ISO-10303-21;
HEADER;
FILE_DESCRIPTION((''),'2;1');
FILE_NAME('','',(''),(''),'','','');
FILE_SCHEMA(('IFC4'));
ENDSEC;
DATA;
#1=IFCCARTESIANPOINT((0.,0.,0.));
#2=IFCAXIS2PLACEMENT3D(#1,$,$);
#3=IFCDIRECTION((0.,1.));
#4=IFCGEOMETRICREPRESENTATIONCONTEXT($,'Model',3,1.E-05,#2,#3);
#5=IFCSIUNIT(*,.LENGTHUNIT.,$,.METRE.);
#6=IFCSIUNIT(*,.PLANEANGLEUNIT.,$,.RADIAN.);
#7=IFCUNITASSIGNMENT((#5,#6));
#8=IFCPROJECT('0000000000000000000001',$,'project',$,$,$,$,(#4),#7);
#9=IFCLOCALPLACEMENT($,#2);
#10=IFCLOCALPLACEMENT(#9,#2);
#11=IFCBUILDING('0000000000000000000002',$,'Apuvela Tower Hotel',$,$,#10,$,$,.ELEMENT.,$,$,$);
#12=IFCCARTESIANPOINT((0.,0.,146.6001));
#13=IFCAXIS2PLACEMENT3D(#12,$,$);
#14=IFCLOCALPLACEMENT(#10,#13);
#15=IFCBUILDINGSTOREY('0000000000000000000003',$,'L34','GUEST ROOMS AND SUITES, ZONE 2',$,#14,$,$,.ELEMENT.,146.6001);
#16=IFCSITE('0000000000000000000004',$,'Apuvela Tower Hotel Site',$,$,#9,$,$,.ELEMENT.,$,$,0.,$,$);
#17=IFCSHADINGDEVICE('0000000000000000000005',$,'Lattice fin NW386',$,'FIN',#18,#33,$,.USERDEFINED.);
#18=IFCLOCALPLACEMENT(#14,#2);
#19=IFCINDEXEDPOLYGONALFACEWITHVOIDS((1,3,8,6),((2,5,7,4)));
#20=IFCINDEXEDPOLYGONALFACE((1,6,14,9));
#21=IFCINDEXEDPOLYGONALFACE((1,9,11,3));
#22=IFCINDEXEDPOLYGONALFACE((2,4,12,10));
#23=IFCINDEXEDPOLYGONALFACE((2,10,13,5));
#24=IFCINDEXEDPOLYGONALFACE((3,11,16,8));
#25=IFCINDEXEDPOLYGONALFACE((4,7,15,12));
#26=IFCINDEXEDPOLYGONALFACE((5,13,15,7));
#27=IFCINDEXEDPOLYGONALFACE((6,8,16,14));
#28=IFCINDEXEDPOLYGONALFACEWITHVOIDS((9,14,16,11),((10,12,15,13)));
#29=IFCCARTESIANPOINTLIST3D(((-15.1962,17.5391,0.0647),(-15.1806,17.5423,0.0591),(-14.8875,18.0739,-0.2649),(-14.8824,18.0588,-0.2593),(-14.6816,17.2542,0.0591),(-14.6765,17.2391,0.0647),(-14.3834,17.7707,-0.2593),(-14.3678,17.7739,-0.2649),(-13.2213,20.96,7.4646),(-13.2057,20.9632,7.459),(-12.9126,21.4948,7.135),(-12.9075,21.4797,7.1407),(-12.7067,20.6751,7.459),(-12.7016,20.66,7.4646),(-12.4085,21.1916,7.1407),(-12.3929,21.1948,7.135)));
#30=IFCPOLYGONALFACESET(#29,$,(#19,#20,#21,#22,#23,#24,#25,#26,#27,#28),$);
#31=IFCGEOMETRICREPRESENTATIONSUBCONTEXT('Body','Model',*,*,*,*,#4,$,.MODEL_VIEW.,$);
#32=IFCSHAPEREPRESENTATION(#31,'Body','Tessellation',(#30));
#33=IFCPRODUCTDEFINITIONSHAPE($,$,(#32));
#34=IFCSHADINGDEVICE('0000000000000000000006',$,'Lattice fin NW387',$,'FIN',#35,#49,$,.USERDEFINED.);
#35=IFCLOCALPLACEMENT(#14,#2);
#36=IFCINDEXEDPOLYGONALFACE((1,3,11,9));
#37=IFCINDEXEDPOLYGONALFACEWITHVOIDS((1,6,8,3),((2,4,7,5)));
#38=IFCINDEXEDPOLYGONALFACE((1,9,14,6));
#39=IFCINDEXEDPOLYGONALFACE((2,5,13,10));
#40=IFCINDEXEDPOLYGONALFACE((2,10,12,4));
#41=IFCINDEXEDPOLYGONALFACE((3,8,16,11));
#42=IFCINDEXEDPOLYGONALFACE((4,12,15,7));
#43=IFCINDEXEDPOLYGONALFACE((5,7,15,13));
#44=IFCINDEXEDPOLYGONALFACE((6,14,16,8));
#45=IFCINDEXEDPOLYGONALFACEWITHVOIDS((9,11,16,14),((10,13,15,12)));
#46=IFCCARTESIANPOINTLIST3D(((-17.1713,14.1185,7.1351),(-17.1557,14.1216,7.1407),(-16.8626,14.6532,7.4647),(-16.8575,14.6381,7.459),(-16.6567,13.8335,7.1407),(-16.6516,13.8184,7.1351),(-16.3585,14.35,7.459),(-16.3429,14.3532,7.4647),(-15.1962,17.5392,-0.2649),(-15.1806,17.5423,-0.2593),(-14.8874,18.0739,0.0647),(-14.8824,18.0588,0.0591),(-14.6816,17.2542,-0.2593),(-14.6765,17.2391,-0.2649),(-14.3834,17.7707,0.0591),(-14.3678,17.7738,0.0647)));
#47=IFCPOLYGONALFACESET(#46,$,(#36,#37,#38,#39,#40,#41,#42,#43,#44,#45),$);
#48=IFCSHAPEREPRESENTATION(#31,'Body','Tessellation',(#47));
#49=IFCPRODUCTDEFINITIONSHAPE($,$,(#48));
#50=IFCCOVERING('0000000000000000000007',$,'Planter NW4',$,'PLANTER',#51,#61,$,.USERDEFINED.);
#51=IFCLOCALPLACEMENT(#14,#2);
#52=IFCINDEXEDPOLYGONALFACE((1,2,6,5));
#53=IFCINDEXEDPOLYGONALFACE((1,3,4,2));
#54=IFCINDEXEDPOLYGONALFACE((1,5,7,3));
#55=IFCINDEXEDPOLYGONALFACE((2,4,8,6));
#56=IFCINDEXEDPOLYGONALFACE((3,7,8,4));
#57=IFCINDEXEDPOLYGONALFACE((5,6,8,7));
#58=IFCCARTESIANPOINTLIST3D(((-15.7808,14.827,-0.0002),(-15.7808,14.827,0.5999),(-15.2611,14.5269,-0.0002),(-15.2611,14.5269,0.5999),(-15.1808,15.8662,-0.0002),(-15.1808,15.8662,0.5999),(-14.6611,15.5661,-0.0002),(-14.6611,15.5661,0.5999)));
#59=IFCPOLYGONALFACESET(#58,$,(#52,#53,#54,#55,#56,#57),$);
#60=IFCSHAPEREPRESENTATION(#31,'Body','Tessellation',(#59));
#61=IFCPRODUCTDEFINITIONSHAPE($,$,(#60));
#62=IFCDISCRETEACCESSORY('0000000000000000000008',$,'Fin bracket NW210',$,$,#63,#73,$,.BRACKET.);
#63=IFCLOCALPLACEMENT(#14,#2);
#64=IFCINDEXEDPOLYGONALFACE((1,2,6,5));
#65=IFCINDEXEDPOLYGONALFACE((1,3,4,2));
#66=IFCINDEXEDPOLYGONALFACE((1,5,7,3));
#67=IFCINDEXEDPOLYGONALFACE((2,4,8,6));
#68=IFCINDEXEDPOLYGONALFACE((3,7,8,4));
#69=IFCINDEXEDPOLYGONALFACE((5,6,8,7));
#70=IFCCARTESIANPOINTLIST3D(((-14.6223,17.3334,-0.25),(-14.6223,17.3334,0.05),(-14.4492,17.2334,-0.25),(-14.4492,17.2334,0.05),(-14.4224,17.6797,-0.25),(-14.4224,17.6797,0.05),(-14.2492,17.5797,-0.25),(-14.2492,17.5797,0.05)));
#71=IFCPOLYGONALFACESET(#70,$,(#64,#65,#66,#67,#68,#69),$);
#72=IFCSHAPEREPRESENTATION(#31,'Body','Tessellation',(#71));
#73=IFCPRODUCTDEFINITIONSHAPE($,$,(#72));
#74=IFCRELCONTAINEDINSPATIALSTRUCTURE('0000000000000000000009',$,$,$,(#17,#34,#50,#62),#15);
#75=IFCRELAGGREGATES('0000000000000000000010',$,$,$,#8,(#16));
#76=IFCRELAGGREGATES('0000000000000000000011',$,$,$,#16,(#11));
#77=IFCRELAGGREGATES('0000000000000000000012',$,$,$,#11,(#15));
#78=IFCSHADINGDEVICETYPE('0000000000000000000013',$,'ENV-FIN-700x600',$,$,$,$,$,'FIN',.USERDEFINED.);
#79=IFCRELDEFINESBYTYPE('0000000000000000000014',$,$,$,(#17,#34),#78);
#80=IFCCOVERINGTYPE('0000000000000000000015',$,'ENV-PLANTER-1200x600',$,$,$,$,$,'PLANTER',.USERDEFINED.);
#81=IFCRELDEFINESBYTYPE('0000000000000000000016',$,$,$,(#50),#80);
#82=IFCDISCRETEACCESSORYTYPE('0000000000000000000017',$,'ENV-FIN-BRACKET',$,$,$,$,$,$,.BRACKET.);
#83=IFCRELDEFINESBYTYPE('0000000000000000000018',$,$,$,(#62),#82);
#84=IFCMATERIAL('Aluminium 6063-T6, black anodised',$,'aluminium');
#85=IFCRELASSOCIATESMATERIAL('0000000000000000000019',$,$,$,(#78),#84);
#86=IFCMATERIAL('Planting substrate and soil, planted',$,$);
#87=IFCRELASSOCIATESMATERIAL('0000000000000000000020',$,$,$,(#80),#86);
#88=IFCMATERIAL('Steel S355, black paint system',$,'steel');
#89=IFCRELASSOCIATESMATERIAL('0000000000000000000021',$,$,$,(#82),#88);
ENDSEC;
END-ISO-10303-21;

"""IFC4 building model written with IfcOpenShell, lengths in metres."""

from ifc_helpers import new_model, si_unit, direction, frame, origin, origin_2d, place, context, subcontext, project, spatial, rectangle, hollow_rectangle, extrude, material, material_profile, profile_set, type_object, element, save


model = new_model("IFC4")

# Units and contexts
model_context = context("Model", 3, precision=1e-05, world=origin(), true_north=direction((0.0, 1.0)))
body_context = subcontext(model_context, "Body", "Model", "MODEL_VIEW")
ifc_project = project(units=[si_unit("LENGTHUNIT", "METRE"), si_unit("PLANEANGLEUNIT", "RADIAN")], contexts=[model_context])

# Site, building, storey
site_placement = place(None, origin())
site = spatial("IfcSite", under=ifc_project, at=site_placement, Name="Apuvela Tower Hotel Site", CompositionType="ELEMENT", RefElevation=0.0)
building_placement = place(site_placement, origin())
building = spatial("IfcBuilding", under=site, at=building_placement, Name="Apuvela Tower Hotel", CompositionType="ELEMENT")
storey_placement = place(building_placement, frame((0.0, 0.0, 146.6001)))
storey = spatial("IfcBuildingStorey", under=building, at=storey_placement, Name="L34", Description="GUEST ROOMS AND SUITES, ZONE 2", CompositionType="ELEMENT", Elevation=146.6001)

# Shading devices
ifc_material_1 = material(Name="Aluminium 6063-T6, black anodised", Category="aluminium")
ifc_material_profile_1 = material_profile(ifc_material_1, hollow_rectangle(XDim=0.6001, YDim=0.7, WallThickness=0.012, at=origin_2d()), Name="AL BOX 700x600x12")
ifc_profile_set_1 = profile_set([ifc_material_profile_1], Name="Aluminium 6063-T6, black anodised")
shading_device_type = type_object("IfcShadingDeviceType", Name="ENV-FIN-700x600", ElementType="FIN", PredefinedType="USERDEFINED", material=ifc_profile_set_1)
for number, where, z_axis, x_axis, name in (
    (1, (-14.782, 17.6565, -0.1001), (0.235434, 0.407825, 0.882185), (-0.866048, 0.499961, 0.0), "Lattice fin NW386"),
    (2, (-14.782, 17.6565, -0.1001), (-0.235464, -0.407798, 0.882189), (0.866005, -0.500035, 0.0), "Lattice fin NW387"),
):
    element("IfcShadingDevice", number, at=place(storey_placement, frame(where, z_axis=z_axis, x_axis=x_axis)), inside=storey, type_object=shading_device_type, Name=name, ObjectType="FIN", PredefinedType="USERDEFINED", context=body_context, shape_type="SweptSolid", body=[
        extrude(hollow_rectangle(XDim=0.6001, YDim=0.7, WallThickness=0.012, at=origin_2d()), origin(), (0.0, 0.0, 1.0), 8.3882),
    ])

# Covering
ifc_material_2 = material(Name="Planting substrate and soil, planted")
covering_type = type_object("IfcCoveringType", Name="ENV-PLANTER-1200x600", ElementType="PLANTER", PredefinedType="USERDEFINED", material=ifc_material_2)
covering_placement = place(storey_placement, frame((-15.2209, 15.1965, -0.0002), z_axis=(0.0, 0.0, 1.0), x_axis=(-0.5, -0.866025, 0.0)))
element("IfcCovering", 3, at=covering_placement, inside=storey, type_object=covering_type, Name="Planter NW4", ObjectType="PLANTER", PredefinedType="USERDEFINED", context=body_context, shape_type="SweptSolid", body=[
    extrude(rectangle(XDim=1.2, YDim=0.6001, at=origin_2d()), origin(), (0.0, 0.0, 1.0), 0.6001),
])

# Discrete accessory
ifc_material_3 = material(Name="Steel S355, black paint system", Category="steel")
discrete_accessory_type = type_object("IfcDiscreteAccessoryType", Name="ENV-FIN-BRACKET", PredefinedType="BRACKET", material=ifc_material_3)
discrete_accessory_placement = place(storey_placement, frame((-14.4358, 17.4565, -0.25), z_axis=(0.0, 0.0, 1.0), x_axis=(-0.5, -0.866025, 0.0)))
element("IfcDiscreteAccessory", 4, at=discrete_accessory_placement, inside=storey, type_object=discrete_accessory_type, Name="Fin bracket NW210", PredefinedType="BRACKET", context=body_context, shape_type="SweptSolid", body=[
    extrude(rectangle(XDim=0.3999, YDim=0.2, at=origin_2d()), origin(), (0.0, 0.0, 1.0), 0.3),
])

save(model, "model.ifc")
